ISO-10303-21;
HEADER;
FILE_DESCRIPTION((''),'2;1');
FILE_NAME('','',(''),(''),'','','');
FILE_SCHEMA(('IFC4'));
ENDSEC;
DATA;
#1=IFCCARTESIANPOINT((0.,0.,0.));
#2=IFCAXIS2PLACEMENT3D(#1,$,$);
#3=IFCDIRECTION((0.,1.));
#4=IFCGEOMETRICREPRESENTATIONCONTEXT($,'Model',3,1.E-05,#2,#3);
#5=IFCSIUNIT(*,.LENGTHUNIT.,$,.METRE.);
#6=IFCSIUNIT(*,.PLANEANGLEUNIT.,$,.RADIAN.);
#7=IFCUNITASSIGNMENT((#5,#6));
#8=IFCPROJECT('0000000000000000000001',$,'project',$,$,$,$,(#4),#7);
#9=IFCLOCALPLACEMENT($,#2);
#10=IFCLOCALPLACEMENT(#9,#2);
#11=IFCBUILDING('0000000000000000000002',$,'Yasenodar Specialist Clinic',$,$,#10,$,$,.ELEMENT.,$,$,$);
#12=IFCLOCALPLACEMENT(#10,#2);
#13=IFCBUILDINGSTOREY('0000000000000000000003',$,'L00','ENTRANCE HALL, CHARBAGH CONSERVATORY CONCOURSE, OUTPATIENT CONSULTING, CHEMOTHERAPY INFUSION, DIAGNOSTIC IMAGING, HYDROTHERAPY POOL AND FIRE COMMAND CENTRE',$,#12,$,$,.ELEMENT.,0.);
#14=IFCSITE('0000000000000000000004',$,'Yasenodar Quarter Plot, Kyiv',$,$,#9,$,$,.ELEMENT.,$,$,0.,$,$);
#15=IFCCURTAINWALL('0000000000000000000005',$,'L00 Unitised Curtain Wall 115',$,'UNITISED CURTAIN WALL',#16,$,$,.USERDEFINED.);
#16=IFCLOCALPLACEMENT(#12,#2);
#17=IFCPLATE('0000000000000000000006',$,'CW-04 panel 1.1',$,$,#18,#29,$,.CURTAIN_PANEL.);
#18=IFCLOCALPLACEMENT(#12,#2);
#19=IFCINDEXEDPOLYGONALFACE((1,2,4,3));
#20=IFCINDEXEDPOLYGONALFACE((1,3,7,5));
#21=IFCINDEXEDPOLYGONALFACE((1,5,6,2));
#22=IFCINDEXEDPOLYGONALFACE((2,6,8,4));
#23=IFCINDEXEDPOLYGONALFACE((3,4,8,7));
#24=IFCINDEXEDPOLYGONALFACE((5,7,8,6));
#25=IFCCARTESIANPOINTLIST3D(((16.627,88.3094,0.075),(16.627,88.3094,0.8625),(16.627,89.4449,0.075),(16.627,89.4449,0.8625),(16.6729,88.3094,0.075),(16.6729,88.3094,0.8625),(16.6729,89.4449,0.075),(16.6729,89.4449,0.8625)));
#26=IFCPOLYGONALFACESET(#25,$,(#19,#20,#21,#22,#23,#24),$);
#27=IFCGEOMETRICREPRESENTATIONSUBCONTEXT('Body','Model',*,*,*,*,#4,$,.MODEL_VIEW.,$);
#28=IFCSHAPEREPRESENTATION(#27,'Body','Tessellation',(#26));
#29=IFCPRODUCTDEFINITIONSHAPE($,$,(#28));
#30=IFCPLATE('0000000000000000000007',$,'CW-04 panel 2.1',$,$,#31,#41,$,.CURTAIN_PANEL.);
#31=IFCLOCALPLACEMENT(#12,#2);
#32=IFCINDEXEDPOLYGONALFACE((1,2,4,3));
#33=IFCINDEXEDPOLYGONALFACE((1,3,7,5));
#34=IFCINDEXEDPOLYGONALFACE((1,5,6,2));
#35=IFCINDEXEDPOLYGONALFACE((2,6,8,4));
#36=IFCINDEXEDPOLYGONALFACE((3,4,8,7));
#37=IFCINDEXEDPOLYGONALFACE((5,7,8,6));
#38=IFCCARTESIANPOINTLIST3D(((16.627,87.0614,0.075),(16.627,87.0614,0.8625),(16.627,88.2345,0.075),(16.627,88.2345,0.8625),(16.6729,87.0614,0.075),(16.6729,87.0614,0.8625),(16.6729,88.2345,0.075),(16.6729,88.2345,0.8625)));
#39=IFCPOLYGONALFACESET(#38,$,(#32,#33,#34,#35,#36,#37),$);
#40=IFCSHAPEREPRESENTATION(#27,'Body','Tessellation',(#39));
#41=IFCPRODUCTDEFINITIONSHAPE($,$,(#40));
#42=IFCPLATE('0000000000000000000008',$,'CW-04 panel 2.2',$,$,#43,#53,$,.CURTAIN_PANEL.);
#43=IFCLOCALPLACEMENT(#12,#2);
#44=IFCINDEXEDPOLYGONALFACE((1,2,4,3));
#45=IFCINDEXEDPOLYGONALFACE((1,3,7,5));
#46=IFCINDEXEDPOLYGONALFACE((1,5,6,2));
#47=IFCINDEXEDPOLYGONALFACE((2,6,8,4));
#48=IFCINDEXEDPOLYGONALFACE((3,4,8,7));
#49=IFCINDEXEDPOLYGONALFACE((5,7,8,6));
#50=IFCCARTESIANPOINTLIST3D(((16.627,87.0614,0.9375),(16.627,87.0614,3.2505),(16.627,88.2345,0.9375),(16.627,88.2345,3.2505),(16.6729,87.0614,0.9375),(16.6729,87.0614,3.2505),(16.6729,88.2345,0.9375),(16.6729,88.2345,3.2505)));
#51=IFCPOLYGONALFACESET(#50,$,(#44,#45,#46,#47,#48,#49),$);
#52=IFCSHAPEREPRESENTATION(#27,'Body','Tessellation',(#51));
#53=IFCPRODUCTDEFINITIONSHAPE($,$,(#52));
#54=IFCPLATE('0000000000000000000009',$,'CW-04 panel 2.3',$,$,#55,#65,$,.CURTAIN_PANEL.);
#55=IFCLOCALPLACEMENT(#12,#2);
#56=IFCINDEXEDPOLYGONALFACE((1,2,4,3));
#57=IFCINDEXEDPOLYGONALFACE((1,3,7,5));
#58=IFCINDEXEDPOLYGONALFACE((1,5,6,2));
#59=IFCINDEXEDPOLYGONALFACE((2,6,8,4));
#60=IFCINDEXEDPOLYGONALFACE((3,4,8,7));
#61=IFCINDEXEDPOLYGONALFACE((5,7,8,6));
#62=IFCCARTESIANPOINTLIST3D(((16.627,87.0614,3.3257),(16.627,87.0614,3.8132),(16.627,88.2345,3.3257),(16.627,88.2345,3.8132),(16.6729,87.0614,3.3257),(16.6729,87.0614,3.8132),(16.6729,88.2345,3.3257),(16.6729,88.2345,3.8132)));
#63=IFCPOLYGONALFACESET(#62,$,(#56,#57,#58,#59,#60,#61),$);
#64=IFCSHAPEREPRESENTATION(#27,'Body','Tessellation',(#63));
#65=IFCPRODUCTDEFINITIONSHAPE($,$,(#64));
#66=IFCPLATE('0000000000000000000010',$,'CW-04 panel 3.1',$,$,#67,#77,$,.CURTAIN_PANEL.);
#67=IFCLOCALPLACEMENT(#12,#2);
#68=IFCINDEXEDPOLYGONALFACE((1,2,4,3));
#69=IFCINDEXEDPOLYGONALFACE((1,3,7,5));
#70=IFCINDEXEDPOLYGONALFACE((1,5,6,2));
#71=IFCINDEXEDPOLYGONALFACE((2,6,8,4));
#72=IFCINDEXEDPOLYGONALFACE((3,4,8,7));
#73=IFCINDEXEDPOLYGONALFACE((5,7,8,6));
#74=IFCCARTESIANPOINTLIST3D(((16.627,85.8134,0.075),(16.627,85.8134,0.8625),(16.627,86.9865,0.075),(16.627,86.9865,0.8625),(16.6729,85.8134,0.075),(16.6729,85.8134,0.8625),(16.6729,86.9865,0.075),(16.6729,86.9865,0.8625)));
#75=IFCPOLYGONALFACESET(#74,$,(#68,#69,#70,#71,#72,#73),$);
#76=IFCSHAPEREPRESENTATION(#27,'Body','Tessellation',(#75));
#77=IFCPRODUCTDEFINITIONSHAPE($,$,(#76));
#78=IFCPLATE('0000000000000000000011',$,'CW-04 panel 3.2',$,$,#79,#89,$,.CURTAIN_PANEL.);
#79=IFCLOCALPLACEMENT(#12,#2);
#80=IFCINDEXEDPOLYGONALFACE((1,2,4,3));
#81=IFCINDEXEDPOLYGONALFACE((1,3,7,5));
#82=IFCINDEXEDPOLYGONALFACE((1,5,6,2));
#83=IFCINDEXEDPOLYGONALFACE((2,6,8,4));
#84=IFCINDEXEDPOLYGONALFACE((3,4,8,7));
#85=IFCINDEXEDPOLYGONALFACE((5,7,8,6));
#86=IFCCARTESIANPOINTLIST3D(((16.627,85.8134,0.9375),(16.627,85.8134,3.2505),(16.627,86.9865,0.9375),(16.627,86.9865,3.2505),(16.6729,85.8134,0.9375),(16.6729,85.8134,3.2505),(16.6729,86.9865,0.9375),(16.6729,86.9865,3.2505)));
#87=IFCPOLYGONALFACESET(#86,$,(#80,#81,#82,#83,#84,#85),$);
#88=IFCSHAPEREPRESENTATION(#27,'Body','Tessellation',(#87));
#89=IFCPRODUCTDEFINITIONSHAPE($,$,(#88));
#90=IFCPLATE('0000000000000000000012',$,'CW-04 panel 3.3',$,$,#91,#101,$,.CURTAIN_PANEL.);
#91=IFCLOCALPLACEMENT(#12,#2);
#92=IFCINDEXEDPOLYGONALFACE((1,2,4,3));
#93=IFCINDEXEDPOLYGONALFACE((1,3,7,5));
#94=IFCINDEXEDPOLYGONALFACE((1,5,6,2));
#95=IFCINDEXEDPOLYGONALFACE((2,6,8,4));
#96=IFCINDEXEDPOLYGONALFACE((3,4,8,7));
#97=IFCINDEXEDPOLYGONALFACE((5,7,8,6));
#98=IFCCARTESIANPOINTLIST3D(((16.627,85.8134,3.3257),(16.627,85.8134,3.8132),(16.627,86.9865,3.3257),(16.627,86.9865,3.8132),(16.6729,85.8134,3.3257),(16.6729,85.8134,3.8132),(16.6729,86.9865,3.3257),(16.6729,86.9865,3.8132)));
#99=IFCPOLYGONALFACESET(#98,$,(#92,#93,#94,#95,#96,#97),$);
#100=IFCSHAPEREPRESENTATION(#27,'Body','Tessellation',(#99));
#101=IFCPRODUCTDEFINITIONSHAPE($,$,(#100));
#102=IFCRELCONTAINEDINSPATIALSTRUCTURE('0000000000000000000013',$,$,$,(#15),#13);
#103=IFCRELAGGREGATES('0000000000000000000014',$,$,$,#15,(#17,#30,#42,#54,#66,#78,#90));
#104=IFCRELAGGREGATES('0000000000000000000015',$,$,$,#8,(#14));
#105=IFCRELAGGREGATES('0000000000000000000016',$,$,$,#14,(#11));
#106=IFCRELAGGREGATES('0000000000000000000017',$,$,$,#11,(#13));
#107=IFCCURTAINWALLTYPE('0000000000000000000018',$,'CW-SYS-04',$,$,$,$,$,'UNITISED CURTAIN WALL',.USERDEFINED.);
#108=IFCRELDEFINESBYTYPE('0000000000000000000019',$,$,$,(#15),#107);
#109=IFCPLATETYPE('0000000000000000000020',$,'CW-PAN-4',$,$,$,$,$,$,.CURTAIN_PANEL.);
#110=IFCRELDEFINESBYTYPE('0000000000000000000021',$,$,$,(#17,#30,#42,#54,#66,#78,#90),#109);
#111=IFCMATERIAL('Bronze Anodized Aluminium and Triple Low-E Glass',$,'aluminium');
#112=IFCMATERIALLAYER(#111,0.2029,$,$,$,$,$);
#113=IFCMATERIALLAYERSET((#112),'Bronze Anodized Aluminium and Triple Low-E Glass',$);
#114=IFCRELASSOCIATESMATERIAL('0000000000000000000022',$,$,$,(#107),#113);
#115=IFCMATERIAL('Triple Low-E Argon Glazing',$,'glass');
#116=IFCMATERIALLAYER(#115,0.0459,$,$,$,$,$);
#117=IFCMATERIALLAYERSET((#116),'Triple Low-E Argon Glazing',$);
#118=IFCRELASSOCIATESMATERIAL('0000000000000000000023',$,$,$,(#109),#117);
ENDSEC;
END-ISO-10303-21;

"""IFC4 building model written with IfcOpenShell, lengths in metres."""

from ifc_helpers import new_model, si_unit, direction, frame, origin, origin_2d, place, context, subcontext, project, spatial, rectangle, extrude, material, layer, layer_set, type_object, element, aggregate, save


model = new_model("IFC4")

# Units and contexts
model_context = context("Model", 3, precision=1e-05, world=origin(), true_north=direction((0.0, 1.0)))
body_context = subcontext(model_context, "Body", "Model", "MODEL_VIEW")
ifc_project = project(units=[si_unit("LENGTHUNIT", "METRE"), si_unit("PLANEANGLEUNIT", "RADIAN")], contexts=[model_context])

# Site, building, storey
site_placement = place(None, origin())
site = spatial("IfcSite", under=ifc_project, at=site_placement, Name="Yasenodar Quarter Plot, Kyiv", CompositionType="ELEMENT", RefElevation=0.0)
building_placement = place(site_placement, origin())
building = spatial("IfcBuilding", under=site, at=building_placement, Name="Yasenodar Specialist Clinic", CompositionType="ELEMENT")
storey_placement = place(building_placement, origin())
storey = spatial("IfcBuildingStorey", under=building, at=storey_placement, Name="L00", Description="ENTRANCE HALL, CHARBAGH CONSERVATORY CONCOURSE, OUTPATIENT CONSULTING, CHEMOTHERAPY INFUSION, DIAGNOSTIC IMAGING, HYDROTHERAPY POOL AND FIRE COMMAND CENTRE", CompositionType="ELEMENT", Elevation=0.0)

# Curtain wall, plates
ifc_material_1 = material(Name="Bronze Anodized Aluminium and Triple Low-E Glass", Category="aluminium")
ifc_layer_1 = layer(ifc_material_1, 0.2029)
ifc_layer_set_1 = layer_set([ifc_layer_1], Name="Bronze Anodized Aluminium and Triple Low-E Glass")
curtain_wall_type = type_object("IfcCurtainWallType", Name="CW-SYS-04", ElementType="UNITISED CURTAIN WALL", PredefinedType="USERDEFINED", material=ifc_layer_set_1)
curtain_wall_placement = place(storey_placement, origin())
curtain_wall = element("IfcCurtainWall", 1, at=curtain_wall_placement, inside=storey, type_object=curtain_wall_type, Name="L00 Unitised Curtain Wall 115", ObjectType="UNITISED CURTAIN WALL", PredefinedType="USERDEFINED")
ifc_material_2 = material(Name="Triple Low-E Argon Glazing", Category="glass")
ifc_layer_2 = layer(ifc_material_2, 0.0459)
ifc_layer_set_2 = layer_set([ifc_layer_2], Name="Triple Low-E Argon Glazing")
plate_type = type_object("IfcPlateType", Name="CW-PAN-4", PredefinedType="CURTAIN_PANEL", material=ifc_layer_set_2)
plate_1_placement = place(storey_placement, frame((16.6499, 88.8772, 0.075), z_axis=(0.0, 0.0, 1.0), x_axis=(0.0, -1.0, 0.0)))
plate_1 = element("IfcPlate", 2, at=plate_1_placement, type_object=plate_type, Name="CW-04 panel 1.1", PredefinedType="CURTAIN_PANEL", context=body_context, shape_type="SweptSolid", body=[
    extrude(rectangle(XDim=1.1355, YDim=0.0459, at=origin_2d()), origin(), (0.0, 0.0, 1.0), 0.7876),
])
plate_2_placement = place(storey_placement, frame((16.6499, 87.6479, 0.075), z_axis=(0.0, 0.0, 1.0), x_axis=(0.0, -1.0, 0.0)))
plate_2 = element("IfcPlate", 3, at=plate_2_placement, type_object=plate_type, Name="CW-04 panel 2.1", PredefinedType="CURTAIN_PANEL", context=body_context, shape_type="SweptSolid", body=[
    extrude(rectangle(XDim=1.1731, YDim=0.0459, at=origin_2d()), origin(), (0.0, 0.0, 1.0), 0.7876),
])
plate_3_placement = place(storey_placement, frame((16.6499, 87.6479, 0.9375), z_axis=(0.0, 0.0, 1.0), x_axis=(0.0, -1.0, 0.0)))
plate_3 = element("IfcPlate", 4, at=plate_3_placement, type_object=plate_type, Name="CW-04 panel 2.2", PredefinedType="CURTAIN_PANEL", context=body_context, shape_type="SweptSolid", body=[
    extrude(rectangle(XDim=1.1731, YDim=0.0459, at=origin_2d()), origin(), (0.0, 0.0, 1.0), 2.313),
])
plate_4_placement = place(storey_placement, frame((16.6499, 87.6479, 3.3257), z_axis=(0.0, 0.0, 1.0), x_axis=(0.0, -1.0, 0.0)))
plate_4 = element("IfcPlate", 5, at=plate_4_placement, type_object=plate_type, Name="CW-04 panel 2.3", PredefinedType="CURTAIN_PANEL", context=body_context, shape_type="SweptSolid", body=[
    extrude(rectangle(XDim=1.1731, YDim=0.0459, at=origin_2d()), origin(), (0.0, 0.0, 1.0), 0.4875),
])
plate_5_placement = place(storey_placement, frame((16.6499, 86.3999, 0.075), z_axis=(0.0, 0.0, 1.0), x_axis=(0.0, -1.0, 0.0)))
plate_5 = element("IfcPlate", 6, at=plate_5_placement, type_object=plate_type, Name="CW-04 panel 3.1", PredefinedType="CURTAIN_PANEL", context=body_context, shape_type="SweptSolid", body=[
    extrude(rectangle(XDim=1.1731, YDim=0.0459, at=origin_2d()), origin(), (0.0, 0.0, 1.0), 0.7876),
])
plate_6_placement = place(storey_placement, frame((16.6499, 86.3999, 0.9375), z_axis=(0.0, 0.0, 1.0), x_axis=(0.0, -1.0, 0.0)))
plate_6 = element("IfcPlate", 7, at=plate_6_placement, type_object=plate_type, Name="CW-04 panel 3.2", PredefinedType="CURTAIN_PANEL", context=body_context, shape_type="SweptSolid", body=[
    extrude(rectangle(XDim=1.1731, YDim=0.0459, at=origin_2d()), origin(), (0.0, 0.0, 1.0), 2.313),
])
plate_7_placement = place(storey_placement, frame((16.6499, 86.3999, 3.3257), z_axis=(0.0, 0.0, 1.0), x_axis=(0.0, -1.0, 0.0)))
plate_7 = element("IfcPlate", 8, at=plate_7_placement, type_object=plate_type, Name="CW-04 panel 3.3", PredefinedType="CURTAIN_PANEL", context=body_context, shape_type="SweptSolid", body=[
    extrude(rectangle(XDim=1.1731, YDim=0.0459, at=origin_2d()), origin(), (0.0, 0.0, 1.0), 0.4875),
])
aggregate(curtain_wall, [plate_1, plate_2, plate_3, plate_4, plate_5, plate_6, plate_7])

save(model, "model.ifc")
